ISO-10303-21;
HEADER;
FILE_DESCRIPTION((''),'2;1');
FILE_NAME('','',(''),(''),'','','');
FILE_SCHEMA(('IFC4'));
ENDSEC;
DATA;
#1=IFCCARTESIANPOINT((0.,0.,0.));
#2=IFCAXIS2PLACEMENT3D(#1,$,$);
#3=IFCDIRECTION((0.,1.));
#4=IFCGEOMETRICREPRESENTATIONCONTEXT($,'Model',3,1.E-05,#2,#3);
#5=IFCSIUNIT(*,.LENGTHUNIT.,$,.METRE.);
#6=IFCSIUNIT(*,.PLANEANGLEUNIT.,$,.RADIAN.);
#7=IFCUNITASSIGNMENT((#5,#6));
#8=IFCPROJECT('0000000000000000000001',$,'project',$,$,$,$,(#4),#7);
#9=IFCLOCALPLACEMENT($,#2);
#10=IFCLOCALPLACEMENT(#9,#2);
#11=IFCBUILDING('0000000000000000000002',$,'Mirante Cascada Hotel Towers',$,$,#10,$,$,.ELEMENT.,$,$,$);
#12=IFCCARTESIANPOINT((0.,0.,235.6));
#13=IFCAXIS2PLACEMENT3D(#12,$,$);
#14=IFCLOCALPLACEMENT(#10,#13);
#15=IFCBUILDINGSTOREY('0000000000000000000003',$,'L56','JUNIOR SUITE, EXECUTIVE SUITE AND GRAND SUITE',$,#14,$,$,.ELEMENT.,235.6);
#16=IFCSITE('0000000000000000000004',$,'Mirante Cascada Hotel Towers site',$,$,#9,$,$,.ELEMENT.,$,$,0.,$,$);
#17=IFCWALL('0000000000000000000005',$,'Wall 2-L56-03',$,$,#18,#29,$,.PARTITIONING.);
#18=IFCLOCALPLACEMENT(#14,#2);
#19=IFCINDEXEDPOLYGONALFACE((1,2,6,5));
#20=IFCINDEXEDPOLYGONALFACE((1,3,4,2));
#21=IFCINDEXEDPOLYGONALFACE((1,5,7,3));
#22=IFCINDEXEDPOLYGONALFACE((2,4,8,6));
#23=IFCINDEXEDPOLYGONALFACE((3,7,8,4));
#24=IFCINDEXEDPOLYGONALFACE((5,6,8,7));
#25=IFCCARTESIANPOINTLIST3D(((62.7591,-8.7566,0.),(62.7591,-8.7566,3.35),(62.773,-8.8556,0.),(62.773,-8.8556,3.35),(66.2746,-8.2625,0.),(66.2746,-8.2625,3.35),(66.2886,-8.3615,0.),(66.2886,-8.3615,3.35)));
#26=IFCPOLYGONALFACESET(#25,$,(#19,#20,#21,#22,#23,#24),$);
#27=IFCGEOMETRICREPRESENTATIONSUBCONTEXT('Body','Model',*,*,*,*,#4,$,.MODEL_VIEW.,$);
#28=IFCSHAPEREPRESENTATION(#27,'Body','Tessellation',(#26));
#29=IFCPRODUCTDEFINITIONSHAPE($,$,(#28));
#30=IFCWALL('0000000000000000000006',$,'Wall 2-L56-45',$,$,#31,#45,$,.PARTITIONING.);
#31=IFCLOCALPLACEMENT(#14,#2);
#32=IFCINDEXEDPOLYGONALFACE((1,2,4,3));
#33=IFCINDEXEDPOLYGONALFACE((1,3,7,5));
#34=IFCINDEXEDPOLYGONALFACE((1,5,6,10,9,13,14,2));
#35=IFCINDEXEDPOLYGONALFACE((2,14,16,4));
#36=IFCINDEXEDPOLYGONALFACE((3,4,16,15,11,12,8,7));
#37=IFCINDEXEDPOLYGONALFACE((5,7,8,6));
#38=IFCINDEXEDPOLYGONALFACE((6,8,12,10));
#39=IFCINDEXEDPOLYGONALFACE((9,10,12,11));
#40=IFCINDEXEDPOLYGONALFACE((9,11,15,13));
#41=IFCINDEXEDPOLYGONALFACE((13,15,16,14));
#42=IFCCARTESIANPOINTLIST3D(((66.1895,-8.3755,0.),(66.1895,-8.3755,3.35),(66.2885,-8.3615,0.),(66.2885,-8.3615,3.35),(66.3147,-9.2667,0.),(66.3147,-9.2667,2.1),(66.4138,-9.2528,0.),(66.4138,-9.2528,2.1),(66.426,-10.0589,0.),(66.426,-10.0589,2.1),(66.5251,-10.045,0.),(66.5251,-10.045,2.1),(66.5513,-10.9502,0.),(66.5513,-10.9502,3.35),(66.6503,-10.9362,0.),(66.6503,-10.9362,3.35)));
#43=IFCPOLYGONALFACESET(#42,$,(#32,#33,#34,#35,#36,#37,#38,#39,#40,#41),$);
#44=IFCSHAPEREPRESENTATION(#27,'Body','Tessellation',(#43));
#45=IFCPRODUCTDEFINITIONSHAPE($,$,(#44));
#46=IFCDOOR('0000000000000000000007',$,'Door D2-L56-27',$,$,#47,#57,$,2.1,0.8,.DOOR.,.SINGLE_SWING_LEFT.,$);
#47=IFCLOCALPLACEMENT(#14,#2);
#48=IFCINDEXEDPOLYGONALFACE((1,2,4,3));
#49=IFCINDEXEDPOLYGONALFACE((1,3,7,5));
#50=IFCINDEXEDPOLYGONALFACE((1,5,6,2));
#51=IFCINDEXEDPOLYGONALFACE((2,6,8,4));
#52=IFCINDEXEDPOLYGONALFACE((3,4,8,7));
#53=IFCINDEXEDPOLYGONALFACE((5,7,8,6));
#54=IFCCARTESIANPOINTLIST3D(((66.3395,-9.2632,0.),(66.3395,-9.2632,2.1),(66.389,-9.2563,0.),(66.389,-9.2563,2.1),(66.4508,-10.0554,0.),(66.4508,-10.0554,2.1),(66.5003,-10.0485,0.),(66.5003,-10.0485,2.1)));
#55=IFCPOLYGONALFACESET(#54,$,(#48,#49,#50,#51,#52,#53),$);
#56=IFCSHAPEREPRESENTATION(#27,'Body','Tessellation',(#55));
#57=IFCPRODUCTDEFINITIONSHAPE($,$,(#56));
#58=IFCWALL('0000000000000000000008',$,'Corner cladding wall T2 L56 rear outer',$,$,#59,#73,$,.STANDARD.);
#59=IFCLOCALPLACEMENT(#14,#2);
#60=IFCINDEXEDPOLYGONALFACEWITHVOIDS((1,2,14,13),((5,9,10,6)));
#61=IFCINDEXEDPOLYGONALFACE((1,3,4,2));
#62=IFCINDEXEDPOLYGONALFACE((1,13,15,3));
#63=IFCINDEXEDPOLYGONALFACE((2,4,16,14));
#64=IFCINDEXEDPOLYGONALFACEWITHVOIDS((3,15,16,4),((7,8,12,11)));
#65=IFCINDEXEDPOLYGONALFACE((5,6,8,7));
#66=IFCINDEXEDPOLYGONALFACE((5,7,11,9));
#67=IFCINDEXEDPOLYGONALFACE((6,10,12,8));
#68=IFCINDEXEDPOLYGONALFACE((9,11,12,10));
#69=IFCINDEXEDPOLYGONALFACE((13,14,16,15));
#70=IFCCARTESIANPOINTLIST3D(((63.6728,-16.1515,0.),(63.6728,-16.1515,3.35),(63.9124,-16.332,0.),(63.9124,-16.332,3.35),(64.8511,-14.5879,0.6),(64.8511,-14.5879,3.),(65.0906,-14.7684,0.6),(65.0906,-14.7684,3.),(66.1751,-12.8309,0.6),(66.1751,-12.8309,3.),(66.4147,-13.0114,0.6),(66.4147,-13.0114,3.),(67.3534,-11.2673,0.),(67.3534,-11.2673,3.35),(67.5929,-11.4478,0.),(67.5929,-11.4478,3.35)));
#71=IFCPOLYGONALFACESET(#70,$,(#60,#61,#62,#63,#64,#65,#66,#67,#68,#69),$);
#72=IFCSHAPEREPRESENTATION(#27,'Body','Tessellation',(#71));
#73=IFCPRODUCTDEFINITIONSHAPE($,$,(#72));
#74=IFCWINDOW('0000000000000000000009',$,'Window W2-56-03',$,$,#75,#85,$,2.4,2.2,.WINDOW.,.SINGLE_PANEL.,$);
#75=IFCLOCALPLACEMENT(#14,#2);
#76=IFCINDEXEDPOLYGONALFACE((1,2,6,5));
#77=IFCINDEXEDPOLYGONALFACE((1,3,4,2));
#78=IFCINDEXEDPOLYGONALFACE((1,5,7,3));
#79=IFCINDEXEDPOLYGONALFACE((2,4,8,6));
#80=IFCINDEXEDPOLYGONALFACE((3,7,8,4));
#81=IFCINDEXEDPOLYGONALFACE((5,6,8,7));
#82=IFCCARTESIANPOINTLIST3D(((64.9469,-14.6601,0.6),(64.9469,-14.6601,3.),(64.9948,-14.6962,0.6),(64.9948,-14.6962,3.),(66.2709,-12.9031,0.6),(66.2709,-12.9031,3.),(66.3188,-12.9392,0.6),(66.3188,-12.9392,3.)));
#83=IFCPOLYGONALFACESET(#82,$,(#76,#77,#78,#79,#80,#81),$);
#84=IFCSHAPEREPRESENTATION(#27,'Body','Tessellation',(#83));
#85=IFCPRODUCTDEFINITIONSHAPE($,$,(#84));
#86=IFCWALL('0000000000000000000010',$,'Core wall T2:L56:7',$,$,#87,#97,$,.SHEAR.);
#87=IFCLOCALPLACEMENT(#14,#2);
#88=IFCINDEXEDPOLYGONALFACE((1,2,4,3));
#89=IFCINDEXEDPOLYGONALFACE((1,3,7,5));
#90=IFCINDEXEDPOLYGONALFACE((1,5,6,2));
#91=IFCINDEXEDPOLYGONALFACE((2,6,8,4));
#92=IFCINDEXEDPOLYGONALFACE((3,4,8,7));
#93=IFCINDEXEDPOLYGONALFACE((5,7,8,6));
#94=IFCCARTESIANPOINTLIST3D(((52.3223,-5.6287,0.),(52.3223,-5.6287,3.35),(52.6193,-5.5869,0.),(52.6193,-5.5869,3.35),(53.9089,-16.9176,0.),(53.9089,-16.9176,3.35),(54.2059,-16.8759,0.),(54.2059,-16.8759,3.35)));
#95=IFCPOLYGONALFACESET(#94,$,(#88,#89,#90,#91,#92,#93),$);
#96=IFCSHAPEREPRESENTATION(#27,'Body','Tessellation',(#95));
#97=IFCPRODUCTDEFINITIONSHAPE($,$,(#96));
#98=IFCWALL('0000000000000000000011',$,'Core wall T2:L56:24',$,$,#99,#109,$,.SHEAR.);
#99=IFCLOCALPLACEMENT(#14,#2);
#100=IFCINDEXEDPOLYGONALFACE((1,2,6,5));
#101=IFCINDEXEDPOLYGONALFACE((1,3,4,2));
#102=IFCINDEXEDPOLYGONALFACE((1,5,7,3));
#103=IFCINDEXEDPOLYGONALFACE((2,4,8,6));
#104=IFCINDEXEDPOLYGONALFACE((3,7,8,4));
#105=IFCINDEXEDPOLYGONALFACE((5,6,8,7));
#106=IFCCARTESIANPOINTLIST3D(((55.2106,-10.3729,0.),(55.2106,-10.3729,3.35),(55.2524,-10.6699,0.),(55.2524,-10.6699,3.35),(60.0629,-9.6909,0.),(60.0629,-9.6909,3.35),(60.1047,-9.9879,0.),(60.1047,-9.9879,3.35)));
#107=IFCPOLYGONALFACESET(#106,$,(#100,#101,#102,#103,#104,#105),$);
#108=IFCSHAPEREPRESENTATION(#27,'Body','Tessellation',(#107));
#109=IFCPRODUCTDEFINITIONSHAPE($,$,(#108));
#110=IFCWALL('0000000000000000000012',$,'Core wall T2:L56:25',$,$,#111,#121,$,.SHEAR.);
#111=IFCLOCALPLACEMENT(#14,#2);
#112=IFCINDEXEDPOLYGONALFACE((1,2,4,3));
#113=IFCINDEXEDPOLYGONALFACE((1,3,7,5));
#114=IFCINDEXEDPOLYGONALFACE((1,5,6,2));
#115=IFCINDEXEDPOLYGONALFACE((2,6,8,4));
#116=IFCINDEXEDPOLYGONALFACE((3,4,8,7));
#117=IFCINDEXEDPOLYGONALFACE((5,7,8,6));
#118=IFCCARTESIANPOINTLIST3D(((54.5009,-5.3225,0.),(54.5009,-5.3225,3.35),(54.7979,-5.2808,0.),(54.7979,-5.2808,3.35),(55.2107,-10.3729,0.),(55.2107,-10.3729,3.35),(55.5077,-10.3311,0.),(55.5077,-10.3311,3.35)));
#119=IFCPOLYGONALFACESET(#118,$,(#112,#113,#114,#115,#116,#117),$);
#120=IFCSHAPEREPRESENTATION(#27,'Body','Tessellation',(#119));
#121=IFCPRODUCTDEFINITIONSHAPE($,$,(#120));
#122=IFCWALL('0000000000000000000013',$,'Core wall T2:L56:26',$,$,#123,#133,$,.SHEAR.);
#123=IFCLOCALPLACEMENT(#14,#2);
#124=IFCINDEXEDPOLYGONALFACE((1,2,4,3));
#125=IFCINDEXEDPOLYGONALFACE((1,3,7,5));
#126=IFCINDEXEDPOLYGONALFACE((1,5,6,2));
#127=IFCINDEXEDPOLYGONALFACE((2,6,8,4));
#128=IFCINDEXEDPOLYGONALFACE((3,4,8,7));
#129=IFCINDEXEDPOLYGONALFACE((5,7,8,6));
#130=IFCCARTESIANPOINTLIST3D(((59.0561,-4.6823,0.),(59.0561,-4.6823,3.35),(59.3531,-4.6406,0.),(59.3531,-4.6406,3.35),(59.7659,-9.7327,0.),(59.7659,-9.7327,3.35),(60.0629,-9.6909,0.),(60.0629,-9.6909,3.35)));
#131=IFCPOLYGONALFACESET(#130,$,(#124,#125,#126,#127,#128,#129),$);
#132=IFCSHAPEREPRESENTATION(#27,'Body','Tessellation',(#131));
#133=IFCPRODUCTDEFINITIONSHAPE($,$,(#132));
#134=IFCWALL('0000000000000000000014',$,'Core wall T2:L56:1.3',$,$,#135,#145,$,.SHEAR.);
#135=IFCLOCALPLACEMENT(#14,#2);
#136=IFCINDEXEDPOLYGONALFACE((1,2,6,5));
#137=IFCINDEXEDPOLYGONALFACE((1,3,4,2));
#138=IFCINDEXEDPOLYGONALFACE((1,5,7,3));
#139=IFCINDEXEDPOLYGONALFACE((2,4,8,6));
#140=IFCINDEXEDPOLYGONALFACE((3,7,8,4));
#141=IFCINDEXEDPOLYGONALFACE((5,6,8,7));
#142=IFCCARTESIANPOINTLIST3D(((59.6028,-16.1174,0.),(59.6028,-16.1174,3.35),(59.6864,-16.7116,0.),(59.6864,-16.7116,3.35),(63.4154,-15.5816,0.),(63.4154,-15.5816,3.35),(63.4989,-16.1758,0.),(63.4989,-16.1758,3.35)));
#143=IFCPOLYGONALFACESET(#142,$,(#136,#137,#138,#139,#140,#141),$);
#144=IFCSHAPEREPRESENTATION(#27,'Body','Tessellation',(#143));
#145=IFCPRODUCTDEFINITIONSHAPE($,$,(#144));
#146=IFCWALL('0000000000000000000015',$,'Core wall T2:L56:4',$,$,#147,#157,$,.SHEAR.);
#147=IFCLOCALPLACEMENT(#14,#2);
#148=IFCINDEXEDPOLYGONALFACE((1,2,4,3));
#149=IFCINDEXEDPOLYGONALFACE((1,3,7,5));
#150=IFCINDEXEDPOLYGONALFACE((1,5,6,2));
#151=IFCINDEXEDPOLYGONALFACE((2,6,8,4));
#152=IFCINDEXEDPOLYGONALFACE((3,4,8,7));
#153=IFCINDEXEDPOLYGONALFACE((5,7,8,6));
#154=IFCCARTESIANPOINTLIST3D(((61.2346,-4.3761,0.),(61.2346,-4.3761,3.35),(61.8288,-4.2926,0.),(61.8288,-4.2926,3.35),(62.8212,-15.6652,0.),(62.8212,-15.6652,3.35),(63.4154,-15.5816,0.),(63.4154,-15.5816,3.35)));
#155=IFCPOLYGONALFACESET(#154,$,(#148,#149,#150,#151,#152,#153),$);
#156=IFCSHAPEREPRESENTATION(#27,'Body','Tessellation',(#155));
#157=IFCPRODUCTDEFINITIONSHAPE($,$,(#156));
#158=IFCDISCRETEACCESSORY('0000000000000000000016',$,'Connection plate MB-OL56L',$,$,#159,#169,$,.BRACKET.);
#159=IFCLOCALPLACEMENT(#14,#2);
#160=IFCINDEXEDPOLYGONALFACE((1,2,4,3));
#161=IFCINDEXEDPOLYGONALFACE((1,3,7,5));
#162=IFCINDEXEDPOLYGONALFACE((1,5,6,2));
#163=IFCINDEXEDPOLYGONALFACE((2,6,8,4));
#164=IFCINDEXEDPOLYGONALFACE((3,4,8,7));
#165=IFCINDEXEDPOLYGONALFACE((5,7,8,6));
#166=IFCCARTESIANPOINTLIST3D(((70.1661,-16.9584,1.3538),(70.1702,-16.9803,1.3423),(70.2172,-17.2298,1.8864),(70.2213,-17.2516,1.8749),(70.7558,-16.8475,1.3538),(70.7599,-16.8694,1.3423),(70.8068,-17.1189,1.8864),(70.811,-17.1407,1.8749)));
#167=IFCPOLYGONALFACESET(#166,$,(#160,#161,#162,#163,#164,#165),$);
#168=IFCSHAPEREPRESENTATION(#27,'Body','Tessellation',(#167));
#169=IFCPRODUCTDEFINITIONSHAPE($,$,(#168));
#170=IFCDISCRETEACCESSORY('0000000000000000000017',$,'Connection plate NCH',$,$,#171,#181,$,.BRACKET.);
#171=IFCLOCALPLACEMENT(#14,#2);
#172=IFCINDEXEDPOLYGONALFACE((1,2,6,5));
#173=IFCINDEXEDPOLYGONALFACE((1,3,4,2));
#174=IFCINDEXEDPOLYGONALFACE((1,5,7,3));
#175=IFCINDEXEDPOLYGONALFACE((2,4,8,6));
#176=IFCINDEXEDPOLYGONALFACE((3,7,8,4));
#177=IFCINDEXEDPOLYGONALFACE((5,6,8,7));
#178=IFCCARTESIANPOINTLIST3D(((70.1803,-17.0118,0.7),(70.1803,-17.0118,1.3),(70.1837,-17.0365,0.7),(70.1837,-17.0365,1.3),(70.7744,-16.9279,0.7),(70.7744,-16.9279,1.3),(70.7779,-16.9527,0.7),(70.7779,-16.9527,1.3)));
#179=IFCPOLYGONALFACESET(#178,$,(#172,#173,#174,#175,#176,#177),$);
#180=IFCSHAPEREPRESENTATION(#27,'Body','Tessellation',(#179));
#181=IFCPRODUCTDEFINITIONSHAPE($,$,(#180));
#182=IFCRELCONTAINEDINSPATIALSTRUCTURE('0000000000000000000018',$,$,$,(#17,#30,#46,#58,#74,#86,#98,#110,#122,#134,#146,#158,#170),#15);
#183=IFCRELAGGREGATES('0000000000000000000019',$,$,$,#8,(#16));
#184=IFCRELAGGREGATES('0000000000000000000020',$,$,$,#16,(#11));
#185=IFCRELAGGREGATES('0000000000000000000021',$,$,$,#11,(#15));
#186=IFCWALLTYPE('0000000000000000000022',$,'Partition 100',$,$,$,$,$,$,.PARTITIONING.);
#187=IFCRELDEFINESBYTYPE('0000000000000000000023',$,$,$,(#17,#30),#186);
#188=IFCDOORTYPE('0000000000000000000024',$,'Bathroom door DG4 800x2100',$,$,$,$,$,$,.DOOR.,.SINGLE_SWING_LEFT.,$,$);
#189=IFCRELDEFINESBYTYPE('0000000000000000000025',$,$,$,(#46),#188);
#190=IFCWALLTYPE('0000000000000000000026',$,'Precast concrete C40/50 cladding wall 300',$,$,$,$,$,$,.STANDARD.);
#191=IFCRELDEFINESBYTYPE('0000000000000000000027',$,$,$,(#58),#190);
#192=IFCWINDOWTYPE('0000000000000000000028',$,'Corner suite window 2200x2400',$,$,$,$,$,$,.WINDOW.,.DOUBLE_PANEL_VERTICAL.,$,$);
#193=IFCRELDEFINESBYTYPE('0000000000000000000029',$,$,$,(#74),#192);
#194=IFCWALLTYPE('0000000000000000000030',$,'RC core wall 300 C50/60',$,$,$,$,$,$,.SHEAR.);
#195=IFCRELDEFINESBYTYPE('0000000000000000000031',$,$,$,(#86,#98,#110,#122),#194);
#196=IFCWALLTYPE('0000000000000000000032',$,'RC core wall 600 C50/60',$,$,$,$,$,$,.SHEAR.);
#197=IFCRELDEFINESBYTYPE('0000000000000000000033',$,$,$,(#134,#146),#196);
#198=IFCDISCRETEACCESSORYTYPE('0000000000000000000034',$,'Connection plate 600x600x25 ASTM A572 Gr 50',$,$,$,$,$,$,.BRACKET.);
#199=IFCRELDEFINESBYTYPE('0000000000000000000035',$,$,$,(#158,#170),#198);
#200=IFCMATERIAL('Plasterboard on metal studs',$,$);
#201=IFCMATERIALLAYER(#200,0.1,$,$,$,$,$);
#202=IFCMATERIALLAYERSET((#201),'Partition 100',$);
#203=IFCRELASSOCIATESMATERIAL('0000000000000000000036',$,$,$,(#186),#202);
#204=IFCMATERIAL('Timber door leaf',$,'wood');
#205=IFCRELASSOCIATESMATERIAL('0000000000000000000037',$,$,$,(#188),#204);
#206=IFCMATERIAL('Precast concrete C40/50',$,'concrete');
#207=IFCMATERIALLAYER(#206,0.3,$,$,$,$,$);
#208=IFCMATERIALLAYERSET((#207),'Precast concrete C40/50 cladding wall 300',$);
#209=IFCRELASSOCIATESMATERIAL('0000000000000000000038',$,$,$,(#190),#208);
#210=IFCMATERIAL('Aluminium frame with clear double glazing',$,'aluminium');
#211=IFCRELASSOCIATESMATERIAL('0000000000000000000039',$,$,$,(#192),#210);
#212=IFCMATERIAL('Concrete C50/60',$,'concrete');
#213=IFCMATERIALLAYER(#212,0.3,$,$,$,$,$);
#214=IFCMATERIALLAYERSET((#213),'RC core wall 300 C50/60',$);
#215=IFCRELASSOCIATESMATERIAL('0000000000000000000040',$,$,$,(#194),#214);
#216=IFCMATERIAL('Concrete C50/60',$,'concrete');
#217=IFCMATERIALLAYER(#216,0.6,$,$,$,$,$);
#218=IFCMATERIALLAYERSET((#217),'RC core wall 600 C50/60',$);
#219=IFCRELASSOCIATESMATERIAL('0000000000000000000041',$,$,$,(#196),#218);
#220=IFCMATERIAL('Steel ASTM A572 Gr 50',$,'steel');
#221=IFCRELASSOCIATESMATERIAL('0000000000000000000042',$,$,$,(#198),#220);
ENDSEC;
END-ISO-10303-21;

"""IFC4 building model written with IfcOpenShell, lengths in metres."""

from ifc_helpers import new_model, si_unit, direction, frame, frame_2d, origin, origin_2d, place, context, subcontext, project, spatial, rectangle, extrude, material, layer, layer_set, material_profile, profile_set, type_object, element, fill, save


model = new_model("IFC4")

# Units and contexts
model_context = context("Model", 3, precision=1e-05, world=origin(), true_north=direction((0.0, 1.0)))
body_context = subcontext(model_context, "Body", "Model", "MODEL_VIEW")
ifc_project = project(units=[si_unit("LENGTHUNIT", "METRE"), si_unit("PLANEANGLEUNIT", "RADIAN")], contexts=[model_context])

# Site, building, storey
site_placement = place(None, origin())
site = spatial("IfcSite", under=ifc_project, at=site_placement, Name="Mirante Cascada Hotel Towers site", CompositionType="ELEMENT", RefElevation=0.0)
building_placement = place(site_placement, origin())
building = spatial("IfcBuilding", under=site, at=building_placement, Name="Mirante Cascada Hotel Towers", CompositionType="ELEMENT")
storey_placement = place(building_placement, frame((0.0, 0.0, 235.6)))
storey = spatial("IfcBuildingStorey", under=building, at=storey_placement, Name="L56", Description="JUNIOR SUITE, EXECUTIVE SUITE AND GRAND SUITE", CompositionType="ELEMENT", Elevation=235.6)

# Wall
ifc_material_1 = material(Name="Plasterboard on metal studs")
ifc_layer_1 = layer(ifc_material_1, 0.1)
ifc_layer_set_1 = layer_set([ifc_layer_1], Name="Partition 100")
wall_type_1 = type_object("IfcWallType", Name="Partition 100", PredefinedType="PARTITIONING", material=ifc_layer_set_1)
wall_1_placement = place(storey_placement, frame((62.7661, -8.8061, 0.0), z_axis=(0.0, 0.0, 1.0), x_axis=(0.990267, 0.139181, 0.0)))
element("IfcWall", 1, at=wall_1_placement, inside=storey, type_object=wall_type_1, Name="Wall 2-L56-03", PredefinedType="PARTITIONING", context=body_context, shape_type="SweptSolid", body=[
    extrude(rectangle(XDim=3.5501, YDim=0.1, at=frame_2d((1.775, 0.0))), origin(), (0.0, 0.0, 1.0), 3.35),
])

# Wall, opening, door
wall_2_placement = place(storey_placement, frame((66.6008, -10.9432, 0.0), z_axis=(0.0, 0.0, 1.0), x_axis=(-0.139154, 0.990271, 0.0)))
wall_2 = element("IfcWall", 2, at=wall_2_placement, inside=storey, type_object=wall_type_1, Name="Wall 2-L56-45", PredefinedType="PARTITIONING", context=body_context, shape_type="SweptSolid", body=[
    extrude(rectangle(XDim=2.6, YDim=0.1, at=frame_2d((1.3, 0.0))), origin(), (0.0, 0.0, 1.0), 3.35),
])
opening_1_placement = place(wall_2_placement, frame((0.9, 0.0, 0.0)))
opening_1 = element("IfcOpeningElement", 3, at=opening_1_placement, cuts=wall_2, PredefinedType="OPENING", context=body_context, shape_type="SweptSolid", body=[
    extrude(rectangle(XDim=0.8, YDim=2.1, at=frame_2d((0.4, 1.05))), frame((0.0, 0.05, 0.0), z_axis=(0.0, -1.0, 0.0), x_axis=(1.0, 0.0, 0.0)), (0.0, 0.0, 1.0), 0.1),
])
ifc_material_2 = material(Name="Timber door leaf", Category="wood")
door_type = type_object("IfcDoorType", Name="Bathroom door DG4 800x2100", OperationType="SINGLE_SWING_LEFT", PredefinedType="DOOR", material=ifc_material_2)
door_placement = place(opening_1_placement, origin())
door = element("IfcDoor", 4, at=door_placement, inside=storey, type_object=door_type, Name="Door D2-L56-27", OperationType="SINGLE_SWING_LEFT", OverallHeight=2.1, OverallWidth=0.8, PredefinedType="DOOR", context=body_context, shape_type="SweptSolid", body=[
    extrude(rectangle(XDim=0.8, YDim=2.1, at=frame_2d((0.4, 1.05))), frame((0.0, 0.025, 0.0), z_axis=(0.0, -1.0, 0.0), x_axis=(1.0, 0.0, 0.0)), (0.0, 0.0, 1.0), 0.05),
])
fill(opening_1, door)

# Wall, opening, window
ifc_material_3 = material(Name="Precast concrete C40/50", Category="concrete")
ifc_layer_2 = layer(ifc_material_3, 0.3)
ifc_layer_set_2 = layer_set([ifc_layer_2], Name="Precast concrete C40/50 cladding wall 300")
wall_type_2 = type_object("IfcWallType", Name="Precast concrete C40/50 cladding wall 300", PredefinedType="STANDARD", material=ifc_layer_set_2)
wall_3_placement = place(storey_placement, frame((63.7926, -16.2417, 0.0), z_axis=(0.0, 0.0, 1.0), x_axis=(0.601824, 0.798628, 0.0)))
wall_3 = element("IfcWall", 5, at=wall_3_placement, inside=storey, type_object=wall_type_2, Name="Corner cladding wall T2 L56 rear outer", PredefinedType="STANDARD", context=body_context, shape_type="SweptSolid", body=[
    extrude(rectangle(XDim=6.1157, YDim=0.3, at=frame_2d((3.0578, 0.0))), origin(), (0.0, 0.0, 1.0), 3.35),
])
opening_2_placement = place(wall_3_placement, frame((1.9578, 0.0, 0.6)))
opening_2 = element("IfcOpeningElement", 6, at=opening_2_placement, cuts=wall_3, PredefinedType="OPENING", context=body_context, shape_type="SweptSolid", body=[
    extrude(rectangle(XDim=2.2, YDim=2.4, at=frame_2d((1.1, 1.2))), frame((0.0, 0.15, 0.0), z_axis=(0.0, -1.0, 0.0), x_axis=(1.0, 0.0, 0.0)), (0.0, 0.0, 1.0), 0.3),
])
ifc_material_4 = material(Name="Aluminium frame with clear double glazing", Category="aluminium")
window_type = type_object("IfcWindowType", Name="Corner suite window 2200x2400", PartitioningType="DOUBLE_PANEL_VERTICAL", PredefinedType="WINDOW", material=ifc_material_4)
window_placement = place(opening_2_placement, origin())
window = element("IfcWindow", 7, at=window_placement, inside=storey, type_object=window_type, Name="Window W2-56-03", OverallHeight=2.4, OverallWidth=2.2, PartitioningType="SINGLE_PANEL", PredefinedType="WINDOW", context=body_context, shape_type="SweptSolid", body=[
    extrude(rectangle(XDim=2.2, YDim=2.4, at=frame_2d((1.1, 1.2))), frame((0.0, 0.03, 0.0), z_axis=(0.0, -1.0, 0.0), x_axis=(1.0, 0.0, 0.0)), (0.0, 0.0, 1.0), 0.06),
])
fill(opening_2, window)

# Walls
ifc_material_5 = material(Name="Concrete C50/60", Category="concrete")
ifc_layer_3 = layer(ifc_material_5, 0.3)
ifc_layer_set_3 = layer_set([ifc_layer_3], Name="RC core wall 300 C50/60")
wall_type_3 = type_object("IfcWallType", Name="RC core wall 300 C50/60", PredefinedType="SHEAR", material=ifc_layer_set_3)
wall_4_placement = place(storey_placement, frame((54.0574, -16.8968, 0.0), z_axis=(0.0, 0.0, 1.0), x_axis=(-0.139176, 0.990268, 0.0)))
element("IfcWall", 8, at=wall_4_placement, inside=storey, type_object=wall_type_3, Name="Core wall T2:L56:7", PredefinedType="SHEAR", context=body_context, shape_type="SweptSolid", body=[
    extrude(rectangle(XDim=11.3999, YDim=0.3, at=frame_2d((5.7, 0.0))), origin(), (0.0, 0.0, 1.0), 3.35),
])
wall_5_placement = place(storey_placement, frame((55.2315, -10.5214, 0.0), z_axis=(0.0, 0.0, 1.0), x_axis=(0.990267, 0.139184, 0.0)))
element("IfcWall", 9, at=wall_5_placement, inside=storey, type_object=wall_type_3, Name="Core wall T2:L56:24", PredefinedType="SHEAR", context=body_context, shape_type="SweptSolid", body=[
    extrude(rectangle(XDim=4.9, YDim=0.3, at=frame_2d((2.45, 0.0))), origin(), (0.0, 0.0, 1.0), 3.35),
])
for number, where, z_axis, x_axis, name in (
    (10, (55.3592, -10.352, 0.0), (0.0, 0.0, 1.0), (-0.139176, 0.990268, 0.0), "Core wall T2:L56:25"),
    (11, (59.9144, -9.7118, 0.0), (0.0, 0.0, 1.0), (-0.139176, 0.990268, 0.0), "Core wall T2:L56:26"),
):
    element("IfcWall", number, at=place(storey_placement, frame(where, z_axis=z_axis, x_axis=x_axis)), inside=storey, type_object=wall_type_3, Name=name, PredefinedType="SHEAR", context=body_context, shape_type="SweptSolid", body=[
        extrude(rectangle(XDim=5.1, YDim=0.3, at=frame_2d((2.55, 0.0))), origin(), (0.0, 0.0, 1.0), 3.35),
    ])
ifc_material_6 = material(Name="Concrete C50/60", Category="concrete")
ifc_layer_4 = layer(ifc_material_6, 0.6)
ifc_layer_set_4 = layer_set([ifc_layer_4], Name="RC core wall 600 C50/60")
wall_type_4 = type_object("IfcWallType", Name="RC core wall 600 C50/60", PredefinedType="SHEAR", material=ifc_layer_set_4)
wall_6_placement = place(storey_placement, frame((59.6446, -16.4145, 0.0), z_axis=(0.0, 0.0, 1.0), x_axis=(0.990268, 0.13917, 0.0)))
element("IfcWall", 12, at=wall_6_placement, inside=storey, type_object=wall_type_4, Name="Core wall T2:L56:1.3", PredefinedType="SHEAR", context=body_context, shape_type="SweptSolid", body=[
    extrude(rectangle(XDim=3.85, YDim=0.6, at=frame_2d((1.925, 0.0))), origin(), (0.0, 0.0, 1.0), 3.35),
])
wall_7_placement = place(storey_placement, frame((63.1183, -15.6234, 0.0), z_axis=(0.0, 0.0, 1.0), x_axis=(-0.139175, 0.990268, 0.0)))
element("IfcWall", 13, at=wall_7_placement, inside=storey, type_object=wall_type_4, Name="Core wall T2:L56:4", PredefinedType="SHEAR", context=body_context, shape_type="SweptSolid", body=[
    extrude(rectangle(XDim=11.4, YDim=0.6, at=frame_2d((5.7, 0.0))), origin(), (0.0, 0.0, 1.0), 3.35),
])

# Discrete accessories
ifc_material_7 = material(Name="Steel ASTM A572 Gr 50", Category="steel")
ifc_material_profile_1 = material_profile(ifc_material_7, rectangle(XDim=0.6, YDim=0.6, at=origin_2d()), Name="Connection plate 600x600x25 ASTM A572 Gr 50")
ifc_profile_set_1 = profile_set([ifc_material_profile_1], Name="Steel ASTM A572 Gr 50")
discrete_accessory_type = type_object("IfcDiscreteAccessoryType", Name="Connection plate 600x600x25 ASTM A572 Gr 50", PredefinedType="BRACKET", material=ifc_profile_set_1)
for number, where, z_axis, x_axis, name in (
    (14, (70.4906, -17.0605, 1.6086), (-0.164092, 0.872489, 0.460258), (-0.98277, -0.184833, 0.0), "Connection plate MB-OL56L"),
    (15, (70.4808, -16.9946, 1.0), (-0.139744, 0.990188, 0.0), (-0.990188, -0.139744, 0.0), "Connection plate NCH"),
):
    element("IfcDiscreteAccessory", number, at=place(storey_placement, frame(where, z_axis=z_axis, x_axis=x_axis)), inside=storey, type_object=discrete_accessory_type, Name=name, PredefinedType="BRACKET", context=body_context, shape_type="SweptSolid", body=[
        extrude(rectangle(XDim=0.6, YDim=0.6, at=origin_2d()), origin(), (0.0, 0.0, 1.0), 0.025),
    ])

save(model, "model.ifc")
